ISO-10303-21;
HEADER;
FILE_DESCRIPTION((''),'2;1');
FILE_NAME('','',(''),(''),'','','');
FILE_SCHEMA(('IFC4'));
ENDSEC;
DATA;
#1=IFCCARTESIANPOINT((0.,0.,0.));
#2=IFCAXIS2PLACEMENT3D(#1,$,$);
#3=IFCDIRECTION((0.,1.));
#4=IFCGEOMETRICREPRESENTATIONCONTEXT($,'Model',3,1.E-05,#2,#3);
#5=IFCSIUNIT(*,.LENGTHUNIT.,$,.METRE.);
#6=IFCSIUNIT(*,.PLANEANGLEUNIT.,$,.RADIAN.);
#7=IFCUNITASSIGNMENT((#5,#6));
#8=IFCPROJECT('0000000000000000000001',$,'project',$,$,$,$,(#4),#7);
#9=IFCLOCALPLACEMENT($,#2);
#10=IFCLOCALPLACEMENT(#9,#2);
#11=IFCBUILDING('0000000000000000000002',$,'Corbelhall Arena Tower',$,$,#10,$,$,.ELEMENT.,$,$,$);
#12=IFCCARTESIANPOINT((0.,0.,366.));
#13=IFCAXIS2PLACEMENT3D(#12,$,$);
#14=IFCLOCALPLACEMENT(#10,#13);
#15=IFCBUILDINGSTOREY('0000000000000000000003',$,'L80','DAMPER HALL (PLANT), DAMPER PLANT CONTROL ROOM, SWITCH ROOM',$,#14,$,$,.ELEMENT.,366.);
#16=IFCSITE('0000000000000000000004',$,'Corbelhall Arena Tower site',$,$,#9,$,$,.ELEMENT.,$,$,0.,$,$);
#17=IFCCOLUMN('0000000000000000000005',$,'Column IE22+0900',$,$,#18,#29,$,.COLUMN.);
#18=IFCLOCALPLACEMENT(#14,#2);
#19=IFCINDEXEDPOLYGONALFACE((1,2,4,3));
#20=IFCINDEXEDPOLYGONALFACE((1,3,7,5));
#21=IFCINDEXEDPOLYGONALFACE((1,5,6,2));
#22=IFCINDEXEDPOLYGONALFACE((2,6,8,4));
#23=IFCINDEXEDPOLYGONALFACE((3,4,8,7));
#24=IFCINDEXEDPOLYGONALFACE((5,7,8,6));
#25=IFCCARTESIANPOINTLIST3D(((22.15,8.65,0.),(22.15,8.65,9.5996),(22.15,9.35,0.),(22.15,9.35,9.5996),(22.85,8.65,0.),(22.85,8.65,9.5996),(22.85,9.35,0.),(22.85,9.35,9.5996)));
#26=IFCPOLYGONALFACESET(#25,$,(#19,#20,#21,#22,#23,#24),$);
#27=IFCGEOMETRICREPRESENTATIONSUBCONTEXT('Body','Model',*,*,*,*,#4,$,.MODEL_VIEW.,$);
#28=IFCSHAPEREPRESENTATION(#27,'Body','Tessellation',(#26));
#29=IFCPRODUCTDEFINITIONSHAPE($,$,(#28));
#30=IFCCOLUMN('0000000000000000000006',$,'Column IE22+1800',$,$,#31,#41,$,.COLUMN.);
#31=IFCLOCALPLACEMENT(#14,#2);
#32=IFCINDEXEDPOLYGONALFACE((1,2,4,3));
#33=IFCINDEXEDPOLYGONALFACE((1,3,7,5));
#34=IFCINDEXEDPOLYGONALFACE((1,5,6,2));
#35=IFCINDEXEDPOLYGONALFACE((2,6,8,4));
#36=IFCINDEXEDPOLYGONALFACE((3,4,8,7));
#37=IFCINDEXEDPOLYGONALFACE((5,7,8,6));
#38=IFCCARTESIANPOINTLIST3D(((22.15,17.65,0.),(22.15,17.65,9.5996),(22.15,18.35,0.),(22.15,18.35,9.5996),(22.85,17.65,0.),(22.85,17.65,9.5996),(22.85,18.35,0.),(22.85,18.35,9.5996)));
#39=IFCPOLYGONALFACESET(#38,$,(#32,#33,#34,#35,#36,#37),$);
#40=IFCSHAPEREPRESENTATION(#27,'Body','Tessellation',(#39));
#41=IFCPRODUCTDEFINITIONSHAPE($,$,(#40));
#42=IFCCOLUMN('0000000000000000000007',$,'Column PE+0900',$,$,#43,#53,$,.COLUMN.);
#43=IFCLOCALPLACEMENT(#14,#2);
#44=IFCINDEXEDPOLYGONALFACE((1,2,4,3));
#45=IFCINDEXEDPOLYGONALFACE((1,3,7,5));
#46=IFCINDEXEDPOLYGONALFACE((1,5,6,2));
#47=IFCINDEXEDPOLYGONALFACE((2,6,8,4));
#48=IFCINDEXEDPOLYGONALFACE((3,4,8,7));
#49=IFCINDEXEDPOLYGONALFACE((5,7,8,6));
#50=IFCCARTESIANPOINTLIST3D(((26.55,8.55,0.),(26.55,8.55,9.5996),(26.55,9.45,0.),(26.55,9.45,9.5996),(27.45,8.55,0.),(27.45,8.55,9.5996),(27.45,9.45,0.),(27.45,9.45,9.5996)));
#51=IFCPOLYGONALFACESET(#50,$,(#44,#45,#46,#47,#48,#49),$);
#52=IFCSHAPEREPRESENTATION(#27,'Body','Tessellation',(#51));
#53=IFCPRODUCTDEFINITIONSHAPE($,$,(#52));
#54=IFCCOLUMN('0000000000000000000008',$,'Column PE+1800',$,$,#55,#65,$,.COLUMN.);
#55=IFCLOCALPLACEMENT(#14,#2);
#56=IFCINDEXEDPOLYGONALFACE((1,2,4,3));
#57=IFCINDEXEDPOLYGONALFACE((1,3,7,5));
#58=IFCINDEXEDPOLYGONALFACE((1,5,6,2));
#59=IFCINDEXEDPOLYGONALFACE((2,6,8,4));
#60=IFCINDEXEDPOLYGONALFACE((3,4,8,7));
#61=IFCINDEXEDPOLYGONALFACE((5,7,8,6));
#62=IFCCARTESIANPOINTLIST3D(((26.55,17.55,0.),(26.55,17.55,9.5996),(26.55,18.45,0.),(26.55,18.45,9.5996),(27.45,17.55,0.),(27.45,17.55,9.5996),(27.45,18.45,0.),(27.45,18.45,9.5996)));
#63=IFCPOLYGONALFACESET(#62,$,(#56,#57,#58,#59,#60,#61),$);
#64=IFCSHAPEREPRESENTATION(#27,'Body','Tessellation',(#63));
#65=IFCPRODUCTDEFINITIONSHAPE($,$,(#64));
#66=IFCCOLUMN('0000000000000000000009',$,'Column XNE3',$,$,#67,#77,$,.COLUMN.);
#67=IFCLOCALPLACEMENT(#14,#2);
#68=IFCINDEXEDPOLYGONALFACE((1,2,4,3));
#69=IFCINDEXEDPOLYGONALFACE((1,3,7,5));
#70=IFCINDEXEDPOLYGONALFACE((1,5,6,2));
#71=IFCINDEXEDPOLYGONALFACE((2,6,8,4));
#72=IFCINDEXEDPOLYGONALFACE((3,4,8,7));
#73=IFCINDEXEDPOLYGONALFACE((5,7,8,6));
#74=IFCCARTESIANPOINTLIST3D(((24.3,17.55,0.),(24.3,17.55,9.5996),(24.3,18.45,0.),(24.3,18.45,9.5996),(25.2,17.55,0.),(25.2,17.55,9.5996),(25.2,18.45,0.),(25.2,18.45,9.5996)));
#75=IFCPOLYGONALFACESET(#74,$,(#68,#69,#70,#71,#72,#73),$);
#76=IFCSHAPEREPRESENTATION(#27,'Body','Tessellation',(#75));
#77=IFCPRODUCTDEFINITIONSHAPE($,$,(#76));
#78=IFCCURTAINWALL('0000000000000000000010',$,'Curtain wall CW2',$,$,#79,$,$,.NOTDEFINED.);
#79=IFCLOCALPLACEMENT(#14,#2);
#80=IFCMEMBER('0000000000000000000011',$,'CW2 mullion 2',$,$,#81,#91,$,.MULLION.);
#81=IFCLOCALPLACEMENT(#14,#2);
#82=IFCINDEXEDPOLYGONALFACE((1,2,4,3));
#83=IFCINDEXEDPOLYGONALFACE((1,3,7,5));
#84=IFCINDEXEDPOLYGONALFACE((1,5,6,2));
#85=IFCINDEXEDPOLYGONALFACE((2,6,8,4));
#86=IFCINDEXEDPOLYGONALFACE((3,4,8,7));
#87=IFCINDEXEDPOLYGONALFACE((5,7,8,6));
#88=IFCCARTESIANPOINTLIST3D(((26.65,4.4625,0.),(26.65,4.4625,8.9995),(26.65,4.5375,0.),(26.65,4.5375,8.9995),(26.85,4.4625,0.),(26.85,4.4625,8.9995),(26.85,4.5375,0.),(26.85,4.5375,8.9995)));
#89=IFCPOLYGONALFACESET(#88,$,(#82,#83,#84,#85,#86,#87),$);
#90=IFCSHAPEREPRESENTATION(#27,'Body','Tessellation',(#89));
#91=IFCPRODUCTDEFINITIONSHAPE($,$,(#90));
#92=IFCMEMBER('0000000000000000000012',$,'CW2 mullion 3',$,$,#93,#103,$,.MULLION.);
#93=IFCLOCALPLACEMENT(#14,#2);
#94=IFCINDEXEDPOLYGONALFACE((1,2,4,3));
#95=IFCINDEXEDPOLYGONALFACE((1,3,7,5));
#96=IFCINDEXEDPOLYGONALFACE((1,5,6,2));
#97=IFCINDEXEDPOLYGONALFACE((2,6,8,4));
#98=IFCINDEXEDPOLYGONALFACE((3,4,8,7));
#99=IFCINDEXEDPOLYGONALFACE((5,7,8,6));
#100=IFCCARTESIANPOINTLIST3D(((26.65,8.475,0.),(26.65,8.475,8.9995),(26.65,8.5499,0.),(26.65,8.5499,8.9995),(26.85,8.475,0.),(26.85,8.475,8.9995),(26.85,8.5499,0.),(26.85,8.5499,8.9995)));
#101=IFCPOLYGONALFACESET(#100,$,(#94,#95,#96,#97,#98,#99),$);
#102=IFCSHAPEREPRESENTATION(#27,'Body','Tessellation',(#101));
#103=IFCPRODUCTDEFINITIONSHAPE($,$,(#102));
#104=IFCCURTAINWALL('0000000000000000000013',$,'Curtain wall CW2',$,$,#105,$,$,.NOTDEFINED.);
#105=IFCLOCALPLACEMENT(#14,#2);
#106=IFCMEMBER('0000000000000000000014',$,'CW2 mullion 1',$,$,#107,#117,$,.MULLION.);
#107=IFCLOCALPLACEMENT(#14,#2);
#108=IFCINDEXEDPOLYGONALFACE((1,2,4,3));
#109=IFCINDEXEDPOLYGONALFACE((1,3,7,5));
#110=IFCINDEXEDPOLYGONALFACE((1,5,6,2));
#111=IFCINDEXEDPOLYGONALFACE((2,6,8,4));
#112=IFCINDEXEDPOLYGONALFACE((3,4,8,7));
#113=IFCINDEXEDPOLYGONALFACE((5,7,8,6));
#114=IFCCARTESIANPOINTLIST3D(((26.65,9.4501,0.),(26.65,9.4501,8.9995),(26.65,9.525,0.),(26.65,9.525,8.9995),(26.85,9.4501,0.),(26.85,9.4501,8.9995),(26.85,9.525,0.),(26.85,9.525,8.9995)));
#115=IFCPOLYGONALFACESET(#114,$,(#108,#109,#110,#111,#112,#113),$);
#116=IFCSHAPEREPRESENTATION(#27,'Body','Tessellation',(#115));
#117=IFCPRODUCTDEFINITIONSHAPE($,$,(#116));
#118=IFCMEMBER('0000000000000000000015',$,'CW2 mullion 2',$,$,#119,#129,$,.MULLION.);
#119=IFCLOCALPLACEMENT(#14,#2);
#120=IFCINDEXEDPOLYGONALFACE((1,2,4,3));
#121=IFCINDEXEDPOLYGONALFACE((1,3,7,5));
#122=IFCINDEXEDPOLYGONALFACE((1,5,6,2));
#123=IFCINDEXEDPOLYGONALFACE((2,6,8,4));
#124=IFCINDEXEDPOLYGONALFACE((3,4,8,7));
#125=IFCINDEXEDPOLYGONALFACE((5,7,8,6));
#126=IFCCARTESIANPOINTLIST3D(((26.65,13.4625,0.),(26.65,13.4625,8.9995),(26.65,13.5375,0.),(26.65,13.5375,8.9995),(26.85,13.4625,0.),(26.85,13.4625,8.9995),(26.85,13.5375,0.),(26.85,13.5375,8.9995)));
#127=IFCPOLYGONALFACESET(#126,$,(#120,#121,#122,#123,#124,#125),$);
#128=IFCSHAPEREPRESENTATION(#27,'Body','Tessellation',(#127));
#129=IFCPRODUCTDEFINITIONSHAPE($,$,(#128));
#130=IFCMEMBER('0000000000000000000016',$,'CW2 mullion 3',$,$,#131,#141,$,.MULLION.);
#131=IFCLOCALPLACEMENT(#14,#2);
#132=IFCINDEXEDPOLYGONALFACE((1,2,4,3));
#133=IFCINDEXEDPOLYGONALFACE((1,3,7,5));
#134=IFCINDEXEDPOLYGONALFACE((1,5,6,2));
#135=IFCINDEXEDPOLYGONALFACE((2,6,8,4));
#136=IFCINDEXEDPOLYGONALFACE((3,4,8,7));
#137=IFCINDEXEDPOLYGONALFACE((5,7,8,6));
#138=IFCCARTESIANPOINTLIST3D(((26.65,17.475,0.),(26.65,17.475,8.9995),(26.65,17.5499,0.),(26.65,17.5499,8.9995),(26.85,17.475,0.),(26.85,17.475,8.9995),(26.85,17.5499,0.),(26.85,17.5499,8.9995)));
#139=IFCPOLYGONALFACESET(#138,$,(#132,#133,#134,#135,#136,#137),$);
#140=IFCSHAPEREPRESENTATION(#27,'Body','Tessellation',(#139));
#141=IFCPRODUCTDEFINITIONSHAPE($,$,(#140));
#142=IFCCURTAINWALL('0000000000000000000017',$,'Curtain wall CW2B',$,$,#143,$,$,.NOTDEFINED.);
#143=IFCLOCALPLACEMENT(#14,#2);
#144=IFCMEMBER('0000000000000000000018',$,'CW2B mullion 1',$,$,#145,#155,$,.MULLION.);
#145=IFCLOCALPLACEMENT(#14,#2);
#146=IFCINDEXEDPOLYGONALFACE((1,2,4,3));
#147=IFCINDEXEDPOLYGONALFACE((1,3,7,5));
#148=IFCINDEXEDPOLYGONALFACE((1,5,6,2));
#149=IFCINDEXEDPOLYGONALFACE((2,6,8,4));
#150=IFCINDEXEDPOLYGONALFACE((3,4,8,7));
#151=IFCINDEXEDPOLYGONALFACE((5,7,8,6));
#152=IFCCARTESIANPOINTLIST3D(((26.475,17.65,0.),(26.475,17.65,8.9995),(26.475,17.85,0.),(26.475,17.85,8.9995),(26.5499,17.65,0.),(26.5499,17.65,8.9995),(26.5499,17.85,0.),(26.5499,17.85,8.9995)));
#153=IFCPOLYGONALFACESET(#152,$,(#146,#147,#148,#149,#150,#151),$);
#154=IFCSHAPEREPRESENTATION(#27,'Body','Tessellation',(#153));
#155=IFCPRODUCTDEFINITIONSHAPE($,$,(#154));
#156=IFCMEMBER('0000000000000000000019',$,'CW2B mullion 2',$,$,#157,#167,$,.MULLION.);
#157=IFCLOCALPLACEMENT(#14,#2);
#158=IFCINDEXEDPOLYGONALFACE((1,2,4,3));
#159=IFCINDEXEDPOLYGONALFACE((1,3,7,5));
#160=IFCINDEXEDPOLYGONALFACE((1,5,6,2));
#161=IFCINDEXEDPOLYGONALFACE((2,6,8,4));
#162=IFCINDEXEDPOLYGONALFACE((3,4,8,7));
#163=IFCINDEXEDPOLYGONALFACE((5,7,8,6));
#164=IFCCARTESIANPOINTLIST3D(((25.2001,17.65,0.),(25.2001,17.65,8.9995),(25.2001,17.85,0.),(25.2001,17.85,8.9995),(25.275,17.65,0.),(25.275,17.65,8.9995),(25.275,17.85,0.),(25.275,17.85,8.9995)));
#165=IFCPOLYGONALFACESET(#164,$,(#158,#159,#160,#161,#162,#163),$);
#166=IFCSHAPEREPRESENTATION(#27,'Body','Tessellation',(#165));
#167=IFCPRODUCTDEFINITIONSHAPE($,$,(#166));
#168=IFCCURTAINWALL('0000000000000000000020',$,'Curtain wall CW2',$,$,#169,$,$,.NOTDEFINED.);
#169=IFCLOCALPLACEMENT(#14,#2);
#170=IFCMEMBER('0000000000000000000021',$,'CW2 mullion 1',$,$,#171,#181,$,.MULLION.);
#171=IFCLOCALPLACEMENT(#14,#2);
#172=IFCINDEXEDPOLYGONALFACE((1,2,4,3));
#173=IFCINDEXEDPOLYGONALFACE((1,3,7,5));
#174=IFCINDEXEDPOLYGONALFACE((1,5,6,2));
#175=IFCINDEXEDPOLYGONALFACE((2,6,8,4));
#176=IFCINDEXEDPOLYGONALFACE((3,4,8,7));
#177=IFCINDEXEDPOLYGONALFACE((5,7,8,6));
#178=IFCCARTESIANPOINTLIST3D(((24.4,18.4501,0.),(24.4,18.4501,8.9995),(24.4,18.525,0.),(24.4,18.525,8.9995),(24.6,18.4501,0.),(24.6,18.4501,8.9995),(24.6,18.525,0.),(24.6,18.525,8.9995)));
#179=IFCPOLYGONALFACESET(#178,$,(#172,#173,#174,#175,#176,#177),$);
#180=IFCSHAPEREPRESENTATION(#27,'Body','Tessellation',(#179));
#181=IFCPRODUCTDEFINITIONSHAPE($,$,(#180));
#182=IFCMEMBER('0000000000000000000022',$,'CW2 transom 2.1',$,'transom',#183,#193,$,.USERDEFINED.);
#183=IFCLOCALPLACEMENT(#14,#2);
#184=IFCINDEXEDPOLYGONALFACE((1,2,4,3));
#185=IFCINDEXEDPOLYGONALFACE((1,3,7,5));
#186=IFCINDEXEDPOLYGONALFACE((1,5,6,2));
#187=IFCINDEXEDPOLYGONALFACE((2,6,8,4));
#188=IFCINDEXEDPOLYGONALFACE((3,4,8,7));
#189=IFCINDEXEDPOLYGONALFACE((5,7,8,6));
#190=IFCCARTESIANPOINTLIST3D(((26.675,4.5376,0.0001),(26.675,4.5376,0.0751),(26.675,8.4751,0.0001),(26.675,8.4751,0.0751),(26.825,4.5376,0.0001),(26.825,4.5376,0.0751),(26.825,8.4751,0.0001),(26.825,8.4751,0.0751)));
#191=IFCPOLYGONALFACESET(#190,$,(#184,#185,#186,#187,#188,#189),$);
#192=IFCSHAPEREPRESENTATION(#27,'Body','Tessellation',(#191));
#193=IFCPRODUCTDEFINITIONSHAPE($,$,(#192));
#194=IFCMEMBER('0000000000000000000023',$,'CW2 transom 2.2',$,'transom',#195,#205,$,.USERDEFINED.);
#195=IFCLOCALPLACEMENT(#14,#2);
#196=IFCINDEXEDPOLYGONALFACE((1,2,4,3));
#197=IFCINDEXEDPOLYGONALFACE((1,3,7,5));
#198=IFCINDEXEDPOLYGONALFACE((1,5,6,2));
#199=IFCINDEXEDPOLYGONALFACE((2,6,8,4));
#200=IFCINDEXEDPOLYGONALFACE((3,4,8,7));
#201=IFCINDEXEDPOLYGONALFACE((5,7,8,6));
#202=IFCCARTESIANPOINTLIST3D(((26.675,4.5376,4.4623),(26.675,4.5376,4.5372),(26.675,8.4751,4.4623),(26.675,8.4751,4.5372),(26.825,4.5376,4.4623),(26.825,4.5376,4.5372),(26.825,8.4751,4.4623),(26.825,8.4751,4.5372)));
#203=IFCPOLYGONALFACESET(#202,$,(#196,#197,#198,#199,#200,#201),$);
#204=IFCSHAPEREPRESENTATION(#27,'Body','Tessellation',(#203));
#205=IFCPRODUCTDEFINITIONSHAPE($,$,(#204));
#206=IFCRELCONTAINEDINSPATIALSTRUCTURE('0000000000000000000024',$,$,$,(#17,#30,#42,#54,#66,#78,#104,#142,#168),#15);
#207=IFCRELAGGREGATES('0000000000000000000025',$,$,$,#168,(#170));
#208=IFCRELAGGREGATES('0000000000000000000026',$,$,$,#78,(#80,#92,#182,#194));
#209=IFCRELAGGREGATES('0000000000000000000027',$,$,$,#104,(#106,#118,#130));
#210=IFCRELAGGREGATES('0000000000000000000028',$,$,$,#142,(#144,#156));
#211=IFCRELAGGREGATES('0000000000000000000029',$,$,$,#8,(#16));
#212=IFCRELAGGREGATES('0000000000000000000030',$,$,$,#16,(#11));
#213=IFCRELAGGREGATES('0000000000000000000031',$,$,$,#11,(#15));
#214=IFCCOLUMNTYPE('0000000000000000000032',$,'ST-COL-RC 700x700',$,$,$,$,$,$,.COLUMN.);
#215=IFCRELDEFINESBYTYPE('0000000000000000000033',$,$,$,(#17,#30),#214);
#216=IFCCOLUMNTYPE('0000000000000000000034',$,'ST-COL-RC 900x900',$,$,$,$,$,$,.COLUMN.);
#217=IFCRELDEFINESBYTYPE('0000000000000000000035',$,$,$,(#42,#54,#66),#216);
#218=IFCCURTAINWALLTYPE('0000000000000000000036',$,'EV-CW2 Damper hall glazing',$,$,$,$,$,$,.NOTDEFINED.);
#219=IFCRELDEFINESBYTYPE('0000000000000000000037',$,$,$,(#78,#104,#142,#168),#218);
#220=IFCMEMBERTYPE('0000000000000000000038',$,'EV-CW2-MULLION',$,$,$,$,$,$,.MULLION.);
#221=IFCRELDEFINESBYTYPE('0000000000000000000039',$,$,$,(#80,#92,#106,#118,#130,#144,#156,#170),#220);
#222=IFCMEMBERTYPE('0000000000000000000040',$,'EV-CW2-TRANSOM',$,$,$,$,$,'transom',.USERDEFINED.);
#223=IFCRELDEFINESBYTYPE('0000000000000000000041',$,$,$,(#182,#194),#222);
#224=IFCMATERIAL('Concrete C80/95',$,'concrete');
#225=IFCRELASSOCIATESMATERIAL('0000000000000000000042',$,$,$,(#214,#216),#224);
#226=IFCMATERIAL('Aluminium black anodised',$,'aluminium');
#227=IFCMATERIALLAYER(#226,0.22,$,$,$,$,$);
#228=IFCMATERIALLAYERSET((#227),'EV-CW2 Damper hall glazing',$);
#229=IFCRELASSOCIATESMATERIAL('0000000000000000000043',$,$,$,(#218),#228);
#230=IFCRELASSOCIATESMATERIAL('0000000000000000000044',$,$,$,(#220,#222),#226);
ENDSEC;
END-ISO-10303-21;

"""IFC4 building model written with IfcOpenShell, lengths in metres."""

from ifc_helpers import new_model, si_unit, direction, frame, origin, origin_2d, place, context, subcontext, project, spatial, rectangle, extrude, material, layer, layer_set, material_profile, profile_set, type_object, element, aggregate, save


model = new_model("IFC4")

# Units and contexts
model_context = context("Model", 3, precision=1e-05, world=origin(), true_north=direction((0.0, 1.0)))
body_context = subcontext(model_context, "Body", "Model", "MODEL_VIEW")
ifc_project = project(units=[si_unit("LENGTHUNIT", "METRE"), si_unit("PLANEANGLEUNIT", "RADIAN")], contexts=[model_context])

# Site, building, storey
site_placement = place(None, origin())
site = spatial("IfcSite", under=ifc_project, at=site_placement, Name="Corbelhall Arena Tower site", CompositionType="ELEMENT", RefElevation=0.0)
building_placement = place(site_placement, origin())
building = spatial("IfcBuilding", under=site, at=building_placement, Name="Corbelhall Arena Tower", CompositionType="ELEMENT")
storey_placement = place(building_placement, frame((0.0, 0.0, 366.0)))
storey = spatial("IfcBuildingStorey", under=building, at=storey_placement, Name="L80", Description="DAMPER HALL (PLANT), DAMPER PLANT CONTROL ROOM, SWITCH ROOM", CompositionType="ELEMENT", Elevation=366.0)

# Columns
ifc_material_1 = material(Name="Concrete C80/95", Category="concrete")
ifc_material_profile_1 = material_profile(ifc_material_1, rectangle(XDim=0.7, YDim=0.7, at=origin_2d()))
ifc_profile_set_1 = profile_set([ifc_material_profile_1], Name="Concrete C80/95")
column_type_1 = type_object("IfcColumnType", Name="ST-COL-RC 700x700", PredefinedType="COLUMN", material=ifc_profile_set_1)
for number, where, z_axis, x_axis, name in (
    (1, (22.5, 9.0, 0.0), (0.0, 0.0, 1.0), (1.0, 0.0, 0.0), "Column IE22+0900"),
    (2, (22.5, 18.0, 0.0), (0.0, 0.0, 1.0), (1.0, 0.0, 0.0), "Column IE22+1800"),
):
    element("IfcColumn", number, at=place(storey_placement, frame(where, z_axis=z_axis, x_axis=x_axis)), inside=storey, type_object=column_type_1, Name=name, PredefinedType="COLUMN", context=body_context, shape_type="SweptSolid", body=[
        extrude(rectangle(XDim=0.7, YDim=0.7, at=origin_2d()), origin(), (0.0, 0.0, 1.0), 9.5996),
    ])
ifc_material_profile_2 = material_profile(ifc_material_1, rectangle(XDim=0.8999, YDim=0.8999, at=origin_2d()))
ifc_profile_set_2 = profile_set([ifc_material_profile_2], Name="Concrete C80/95")
column_type_2 = type_object("IfcColumnType", Name="ST-COL-RC 900x900", PredefinedType="COLUMN", material=ifc_profile_set_2)
for number, where, z_axis, x_axis, name in (
    (3, (27.0, 9.0, 0.0), (0.0, 0.0, 1.0), (0.0, 1.0, 0.0), "Column PE+0900"),
    (4, (27.0, 18.0, 0.0), (0.0, 0.0, 1.0), (0.0, 1.0, 0.0), "Column PE+1800"),
    (5, (24.75, 18.0, 0.0), (0.0, 0.0, 1.0), (1.0, 0.0, 0.0), "Column XNE3"),
):
    element("IfcColumn", number, at=place(storey_placement, frame(where, z_axis=z_axis, x_axis=x_axis)), inside=storey, type_object=column_type_2, Name=name, PredefinedType="COLUMN", context=body_context, shape_type="SweptSolid", body=[
        extrude(rectangle(XDim=0.8999, YDim=0.8999, at=origin_2d()), origin(), (0.0, 0.0, 1.0), 9.5996),
    ])

# Curtain walls, members
ifc_material_2 = material(Name="Aluminium black anodised", Category="aluminium")
ifc_layer_1 = layer(ifc_material_2, 0.22)
ifc_layer_set_1 = layer_set([ifc_layer_1], Name="EV-CW2 Damper hall glazing")
curtain_wall_type = type_object("IfcCurtainWallType", Name="EV-CW2 Damper hall glazing", PredefinedType="NOTDEFINED", material=ifc_layer_set_1)
curtain_wall_1_placement = place(storey_placement, origin())
curtain_wall_1 = element("IfcCurtainWall", 6, at=curtain_wall_1_placement, inside=storey, type_object=curtain_wall_type, Name="Curtain wall CW2", PredefinedType="NOTDEFINED")
ifc_material_profile_3 = material_profile(ifc_material_2, rectangle(XDim=0.2, YDim=0.075, at=origin_2d()))
ifc_profile_set_3 = profile_set([ifc_material_profile_3], Name="Aluminium black anodised")
member_type_1 = type_object("IfcMemberType", Name="EV-CW2-MULLION", PredefinedType="MULLION", material=ifc_profile_set_3)
member_1_placement = place(storey_placement, frame((26.75, 4.5, 0.0), z_axis=(0.0, 0.0, 1.0), x_axis=(-1.0, 0.0, 0.0)))
member_1 = element("IfcMember", 7, at=member_1_placement, type_object=member_type_1, Name="CW2 mullion 2", PredefinedType="MULLION", context=body_context, shape_type="SweptSolid", body=[
    extrude(rectangle(XDim=0.2, YDim=0.075, at=origin_2d()), origin(), (0.0, 0.0, 1.0), 8.9995),
])
member_2_placement = place(storey_placement, frame((26.75, 8.5125, 0.0), z_axis=(0.0, 0.0, 1.0), x_axis=(-1.0, 0.0, 0.0)))
member_2 = element("IfcMember", 8, at=member_2_placement, type_object=member_type_1, Name="CW2 mullion 3", PredefinedType="MULLION", context=body_context, shape_type="SweptSolid", body=[
    extrude(rectangle(XDim=0.2, YDim=0.075, at=origin_2d()), origin(), (0.0, 0.0, 1.0), 8.9995),
])
curtain_wall_2_placement = place(storey_placement, origin())
curtain_wall_2 = element("IfcCurtainWall", 9, at=curtain_wall_2_placement, inside=storey, type_object=curtain_wall_type, Name="Curtain wall CW2", PredefinedType="NOTDEFINED")
member_3_placement = place(storey_placement, frame((26.75, 9.4875, 0.0), z_axis=(0.0, 0.0, 1.0), x_axis=(-1.0, 0.0, 0.0)))
member_3 = element("IfcMember", 10, at=member_3_placement, type_object=member_type_1, Name="CW2 mullion 1", PredefinedType="MULLION", context=body_context, shape_type="SweptSolid", body=[
    extrude(rectangle(XDim=0.2, YDim=0.075, at=origin_2d()), origin(), (0.0, 0.0, 1.0), 8.9995),
])
member_4_placement = place(storey_placement, frame((26.75, 13.5, 0.0), z_axis=(0.0, 0.0, 1.0), x_axis=(-1.0, 0.0, 0.0)))
member_4 = element("IfcMember", 11, at=member_4_placement, type_object=member_type_1, Name="CW2 mullion 2", PredefinedType="MULLION", context=body_context, shape_type="SweptSolid", body=[
    extrude(rectangle(XDim=0.2, YDim=0.075, at=origin_2d()), origin(), (0.0, 0.0, 1.0), 8.9995),
])
member_5_placement = place(storey_placement, frame((26.75, 17.5125, 0.0), z_axis=(0.0, 0.0, 1.0), x_axis=(-1.0, 0.0, 0.0)))
member_5 = element("IfcMember", 12, at=member_5_placement, type_object=member_type_1, Name="CW2 mullion 3", PredefinedType="MULLION", context=body_context, shape_type="SweptSolid", body=[
    extrude(rectangle(XDim=0.2, YDim=0.075, at=origin_2d()), origin(), (0.0, 0.0, 1.0), 8.9995),
])
curtain_wall_3_placement = place(storey_placement, origin())
curtain_wall_3 = element("IfcCurtainWall", 13, at=curtain_wall_3_placement, inside=storey, type_object=curtain_wall_type, Name="Curtain wall CW2B", PredefinedType="NOTDEFINED")
member_6_placement = place(storey_placement, frame((26.5125, 17.75, 0.0), z_axis=(0.0, 0.0, 1.0), x_axis=(0.0, -1.0, 0.0)))
member_6 = element("IfcMember", 14, at=member_6_placement, type_object=member_type_1, Name="CW2B mullion 1", PredefinedType="MULLION", context=body_context, shape_type="SweptSolid", body=[
    extrude(rectangle(XDim=0.2, YDim=0.075, at=origin_2d()), origin(), (0.0, 0.0, 1.0), 8.9995),
])
member_7_placement = place(storey_placement, frame((25.2375, 17.75, 0.0), z_axis=(0.0, 0.0, 1.0), x_axis=(0.0, -1.0, 0.0)))
member_7 = element("IfcMember", 15, at=member_7_placement, type_object=member_type_1, Name="CW2B mullion 2", PredefinedType="MULLION", context=body_context, shape_type="SweptSolid", body=[
    extrude(rectangle(XDim=0.2, YDim=0.075, at=origin_2d()), origin(), (0.0, 0.0, 1.0), 8.9995),
])

# Curtain wall, member
curtain_wall_4_placement = place(storey_placement, origin())
curtain_wall_4 = element("IfcCurtainWall", 16, at=curtain_wall_4_placement, inside=storey, type_object=curtain_wall_type, Name="Curtain wall CW2", PredefinedType="NOTDEFINED")
member_8_placement = place(storey_placement, frame((24.5, 18.4875, 0.0), z_axis=(0.0, 0.0, 1.0), x_axis=(-1.0, 0.0, 0.0)))
member_8 = element("IfcMember", 17, at=member_8_placement, type_object=member_type_1, Name="CW2 mullion 1", PredefinedType="MULLION", context=body_context, shape_type="SweptSolid", body=[
    extrude(rectangle(XDim=0.2, YDim=0.075, at=origin_2d()), origin(), (0.0, 0.0, 1.0), 8.9995),
])
aggregate(curtain_wall_4, [member_8])

# Members
ifc_material_profile_4 = material_profile(ifc_material_2, rectangle(XDim=0.1499, YDim=0.075, at=origin_2d()))
ifc_profile_set_4 = profile_set([ifc_material_profile_4], Name="Aluminium black anodised")
member_type_2 = type_object("IfcMemberType", Name="EV-CW2-TRANSOM", ElementType="transom", PredefinedType="USERDEFINED", material=ifc_profile_set_4)
member_9_placement = place(storey_placement, frame((26.75, 4.5376, 0.0376), z_axis=(0.0, 1.0, 0.0), x_axis=(-1.0, 0.0, 0.0)))
member_9 = element("IfcMember", 18, at=member_9_placement, type_object=member_type_2, Name="CW2 transom 2.1", ObjectType="transom", PredefinedType="USERDEFINED", context=body_context, shape_type="SweptSolid", body=[
    extrude(rectangle(XDim=0.1499, YDim=0.075, at=origin_2d()), origin(), (0.0, 0.0, 1.0), 3.9375),
])
member_10_placement = place(storey_placement, frame((26.75, 4.5376, 4.4998), z_axis=(0.0, 1.0, 0.0), x_axis=(-1.0, 0.0, 0.0)))
member_10 = element("IfcMember", 19, at=member_10_placement, type_object=member_type_2, Name="CW2 transom 2.2", ObjectType="transom", PredefinedType="USERDEFINED", context=body_context, shape_type="SweptSolid", body=[
    extrude(rectangle(XDim=0.1499, YDim=0.075, at=origin_2d()), origin(), (0.0, 0.0, 1.0), 3.9375),
])

aggregate(curtain_wall_1, [member_1, member_2, member_9, member_10])
aggregate(curtain_wall_2, [member_3, member_4, member_5])
aggregate(curtain_wall_3, [member_6, member_7])

save(model, "model.ifc")
